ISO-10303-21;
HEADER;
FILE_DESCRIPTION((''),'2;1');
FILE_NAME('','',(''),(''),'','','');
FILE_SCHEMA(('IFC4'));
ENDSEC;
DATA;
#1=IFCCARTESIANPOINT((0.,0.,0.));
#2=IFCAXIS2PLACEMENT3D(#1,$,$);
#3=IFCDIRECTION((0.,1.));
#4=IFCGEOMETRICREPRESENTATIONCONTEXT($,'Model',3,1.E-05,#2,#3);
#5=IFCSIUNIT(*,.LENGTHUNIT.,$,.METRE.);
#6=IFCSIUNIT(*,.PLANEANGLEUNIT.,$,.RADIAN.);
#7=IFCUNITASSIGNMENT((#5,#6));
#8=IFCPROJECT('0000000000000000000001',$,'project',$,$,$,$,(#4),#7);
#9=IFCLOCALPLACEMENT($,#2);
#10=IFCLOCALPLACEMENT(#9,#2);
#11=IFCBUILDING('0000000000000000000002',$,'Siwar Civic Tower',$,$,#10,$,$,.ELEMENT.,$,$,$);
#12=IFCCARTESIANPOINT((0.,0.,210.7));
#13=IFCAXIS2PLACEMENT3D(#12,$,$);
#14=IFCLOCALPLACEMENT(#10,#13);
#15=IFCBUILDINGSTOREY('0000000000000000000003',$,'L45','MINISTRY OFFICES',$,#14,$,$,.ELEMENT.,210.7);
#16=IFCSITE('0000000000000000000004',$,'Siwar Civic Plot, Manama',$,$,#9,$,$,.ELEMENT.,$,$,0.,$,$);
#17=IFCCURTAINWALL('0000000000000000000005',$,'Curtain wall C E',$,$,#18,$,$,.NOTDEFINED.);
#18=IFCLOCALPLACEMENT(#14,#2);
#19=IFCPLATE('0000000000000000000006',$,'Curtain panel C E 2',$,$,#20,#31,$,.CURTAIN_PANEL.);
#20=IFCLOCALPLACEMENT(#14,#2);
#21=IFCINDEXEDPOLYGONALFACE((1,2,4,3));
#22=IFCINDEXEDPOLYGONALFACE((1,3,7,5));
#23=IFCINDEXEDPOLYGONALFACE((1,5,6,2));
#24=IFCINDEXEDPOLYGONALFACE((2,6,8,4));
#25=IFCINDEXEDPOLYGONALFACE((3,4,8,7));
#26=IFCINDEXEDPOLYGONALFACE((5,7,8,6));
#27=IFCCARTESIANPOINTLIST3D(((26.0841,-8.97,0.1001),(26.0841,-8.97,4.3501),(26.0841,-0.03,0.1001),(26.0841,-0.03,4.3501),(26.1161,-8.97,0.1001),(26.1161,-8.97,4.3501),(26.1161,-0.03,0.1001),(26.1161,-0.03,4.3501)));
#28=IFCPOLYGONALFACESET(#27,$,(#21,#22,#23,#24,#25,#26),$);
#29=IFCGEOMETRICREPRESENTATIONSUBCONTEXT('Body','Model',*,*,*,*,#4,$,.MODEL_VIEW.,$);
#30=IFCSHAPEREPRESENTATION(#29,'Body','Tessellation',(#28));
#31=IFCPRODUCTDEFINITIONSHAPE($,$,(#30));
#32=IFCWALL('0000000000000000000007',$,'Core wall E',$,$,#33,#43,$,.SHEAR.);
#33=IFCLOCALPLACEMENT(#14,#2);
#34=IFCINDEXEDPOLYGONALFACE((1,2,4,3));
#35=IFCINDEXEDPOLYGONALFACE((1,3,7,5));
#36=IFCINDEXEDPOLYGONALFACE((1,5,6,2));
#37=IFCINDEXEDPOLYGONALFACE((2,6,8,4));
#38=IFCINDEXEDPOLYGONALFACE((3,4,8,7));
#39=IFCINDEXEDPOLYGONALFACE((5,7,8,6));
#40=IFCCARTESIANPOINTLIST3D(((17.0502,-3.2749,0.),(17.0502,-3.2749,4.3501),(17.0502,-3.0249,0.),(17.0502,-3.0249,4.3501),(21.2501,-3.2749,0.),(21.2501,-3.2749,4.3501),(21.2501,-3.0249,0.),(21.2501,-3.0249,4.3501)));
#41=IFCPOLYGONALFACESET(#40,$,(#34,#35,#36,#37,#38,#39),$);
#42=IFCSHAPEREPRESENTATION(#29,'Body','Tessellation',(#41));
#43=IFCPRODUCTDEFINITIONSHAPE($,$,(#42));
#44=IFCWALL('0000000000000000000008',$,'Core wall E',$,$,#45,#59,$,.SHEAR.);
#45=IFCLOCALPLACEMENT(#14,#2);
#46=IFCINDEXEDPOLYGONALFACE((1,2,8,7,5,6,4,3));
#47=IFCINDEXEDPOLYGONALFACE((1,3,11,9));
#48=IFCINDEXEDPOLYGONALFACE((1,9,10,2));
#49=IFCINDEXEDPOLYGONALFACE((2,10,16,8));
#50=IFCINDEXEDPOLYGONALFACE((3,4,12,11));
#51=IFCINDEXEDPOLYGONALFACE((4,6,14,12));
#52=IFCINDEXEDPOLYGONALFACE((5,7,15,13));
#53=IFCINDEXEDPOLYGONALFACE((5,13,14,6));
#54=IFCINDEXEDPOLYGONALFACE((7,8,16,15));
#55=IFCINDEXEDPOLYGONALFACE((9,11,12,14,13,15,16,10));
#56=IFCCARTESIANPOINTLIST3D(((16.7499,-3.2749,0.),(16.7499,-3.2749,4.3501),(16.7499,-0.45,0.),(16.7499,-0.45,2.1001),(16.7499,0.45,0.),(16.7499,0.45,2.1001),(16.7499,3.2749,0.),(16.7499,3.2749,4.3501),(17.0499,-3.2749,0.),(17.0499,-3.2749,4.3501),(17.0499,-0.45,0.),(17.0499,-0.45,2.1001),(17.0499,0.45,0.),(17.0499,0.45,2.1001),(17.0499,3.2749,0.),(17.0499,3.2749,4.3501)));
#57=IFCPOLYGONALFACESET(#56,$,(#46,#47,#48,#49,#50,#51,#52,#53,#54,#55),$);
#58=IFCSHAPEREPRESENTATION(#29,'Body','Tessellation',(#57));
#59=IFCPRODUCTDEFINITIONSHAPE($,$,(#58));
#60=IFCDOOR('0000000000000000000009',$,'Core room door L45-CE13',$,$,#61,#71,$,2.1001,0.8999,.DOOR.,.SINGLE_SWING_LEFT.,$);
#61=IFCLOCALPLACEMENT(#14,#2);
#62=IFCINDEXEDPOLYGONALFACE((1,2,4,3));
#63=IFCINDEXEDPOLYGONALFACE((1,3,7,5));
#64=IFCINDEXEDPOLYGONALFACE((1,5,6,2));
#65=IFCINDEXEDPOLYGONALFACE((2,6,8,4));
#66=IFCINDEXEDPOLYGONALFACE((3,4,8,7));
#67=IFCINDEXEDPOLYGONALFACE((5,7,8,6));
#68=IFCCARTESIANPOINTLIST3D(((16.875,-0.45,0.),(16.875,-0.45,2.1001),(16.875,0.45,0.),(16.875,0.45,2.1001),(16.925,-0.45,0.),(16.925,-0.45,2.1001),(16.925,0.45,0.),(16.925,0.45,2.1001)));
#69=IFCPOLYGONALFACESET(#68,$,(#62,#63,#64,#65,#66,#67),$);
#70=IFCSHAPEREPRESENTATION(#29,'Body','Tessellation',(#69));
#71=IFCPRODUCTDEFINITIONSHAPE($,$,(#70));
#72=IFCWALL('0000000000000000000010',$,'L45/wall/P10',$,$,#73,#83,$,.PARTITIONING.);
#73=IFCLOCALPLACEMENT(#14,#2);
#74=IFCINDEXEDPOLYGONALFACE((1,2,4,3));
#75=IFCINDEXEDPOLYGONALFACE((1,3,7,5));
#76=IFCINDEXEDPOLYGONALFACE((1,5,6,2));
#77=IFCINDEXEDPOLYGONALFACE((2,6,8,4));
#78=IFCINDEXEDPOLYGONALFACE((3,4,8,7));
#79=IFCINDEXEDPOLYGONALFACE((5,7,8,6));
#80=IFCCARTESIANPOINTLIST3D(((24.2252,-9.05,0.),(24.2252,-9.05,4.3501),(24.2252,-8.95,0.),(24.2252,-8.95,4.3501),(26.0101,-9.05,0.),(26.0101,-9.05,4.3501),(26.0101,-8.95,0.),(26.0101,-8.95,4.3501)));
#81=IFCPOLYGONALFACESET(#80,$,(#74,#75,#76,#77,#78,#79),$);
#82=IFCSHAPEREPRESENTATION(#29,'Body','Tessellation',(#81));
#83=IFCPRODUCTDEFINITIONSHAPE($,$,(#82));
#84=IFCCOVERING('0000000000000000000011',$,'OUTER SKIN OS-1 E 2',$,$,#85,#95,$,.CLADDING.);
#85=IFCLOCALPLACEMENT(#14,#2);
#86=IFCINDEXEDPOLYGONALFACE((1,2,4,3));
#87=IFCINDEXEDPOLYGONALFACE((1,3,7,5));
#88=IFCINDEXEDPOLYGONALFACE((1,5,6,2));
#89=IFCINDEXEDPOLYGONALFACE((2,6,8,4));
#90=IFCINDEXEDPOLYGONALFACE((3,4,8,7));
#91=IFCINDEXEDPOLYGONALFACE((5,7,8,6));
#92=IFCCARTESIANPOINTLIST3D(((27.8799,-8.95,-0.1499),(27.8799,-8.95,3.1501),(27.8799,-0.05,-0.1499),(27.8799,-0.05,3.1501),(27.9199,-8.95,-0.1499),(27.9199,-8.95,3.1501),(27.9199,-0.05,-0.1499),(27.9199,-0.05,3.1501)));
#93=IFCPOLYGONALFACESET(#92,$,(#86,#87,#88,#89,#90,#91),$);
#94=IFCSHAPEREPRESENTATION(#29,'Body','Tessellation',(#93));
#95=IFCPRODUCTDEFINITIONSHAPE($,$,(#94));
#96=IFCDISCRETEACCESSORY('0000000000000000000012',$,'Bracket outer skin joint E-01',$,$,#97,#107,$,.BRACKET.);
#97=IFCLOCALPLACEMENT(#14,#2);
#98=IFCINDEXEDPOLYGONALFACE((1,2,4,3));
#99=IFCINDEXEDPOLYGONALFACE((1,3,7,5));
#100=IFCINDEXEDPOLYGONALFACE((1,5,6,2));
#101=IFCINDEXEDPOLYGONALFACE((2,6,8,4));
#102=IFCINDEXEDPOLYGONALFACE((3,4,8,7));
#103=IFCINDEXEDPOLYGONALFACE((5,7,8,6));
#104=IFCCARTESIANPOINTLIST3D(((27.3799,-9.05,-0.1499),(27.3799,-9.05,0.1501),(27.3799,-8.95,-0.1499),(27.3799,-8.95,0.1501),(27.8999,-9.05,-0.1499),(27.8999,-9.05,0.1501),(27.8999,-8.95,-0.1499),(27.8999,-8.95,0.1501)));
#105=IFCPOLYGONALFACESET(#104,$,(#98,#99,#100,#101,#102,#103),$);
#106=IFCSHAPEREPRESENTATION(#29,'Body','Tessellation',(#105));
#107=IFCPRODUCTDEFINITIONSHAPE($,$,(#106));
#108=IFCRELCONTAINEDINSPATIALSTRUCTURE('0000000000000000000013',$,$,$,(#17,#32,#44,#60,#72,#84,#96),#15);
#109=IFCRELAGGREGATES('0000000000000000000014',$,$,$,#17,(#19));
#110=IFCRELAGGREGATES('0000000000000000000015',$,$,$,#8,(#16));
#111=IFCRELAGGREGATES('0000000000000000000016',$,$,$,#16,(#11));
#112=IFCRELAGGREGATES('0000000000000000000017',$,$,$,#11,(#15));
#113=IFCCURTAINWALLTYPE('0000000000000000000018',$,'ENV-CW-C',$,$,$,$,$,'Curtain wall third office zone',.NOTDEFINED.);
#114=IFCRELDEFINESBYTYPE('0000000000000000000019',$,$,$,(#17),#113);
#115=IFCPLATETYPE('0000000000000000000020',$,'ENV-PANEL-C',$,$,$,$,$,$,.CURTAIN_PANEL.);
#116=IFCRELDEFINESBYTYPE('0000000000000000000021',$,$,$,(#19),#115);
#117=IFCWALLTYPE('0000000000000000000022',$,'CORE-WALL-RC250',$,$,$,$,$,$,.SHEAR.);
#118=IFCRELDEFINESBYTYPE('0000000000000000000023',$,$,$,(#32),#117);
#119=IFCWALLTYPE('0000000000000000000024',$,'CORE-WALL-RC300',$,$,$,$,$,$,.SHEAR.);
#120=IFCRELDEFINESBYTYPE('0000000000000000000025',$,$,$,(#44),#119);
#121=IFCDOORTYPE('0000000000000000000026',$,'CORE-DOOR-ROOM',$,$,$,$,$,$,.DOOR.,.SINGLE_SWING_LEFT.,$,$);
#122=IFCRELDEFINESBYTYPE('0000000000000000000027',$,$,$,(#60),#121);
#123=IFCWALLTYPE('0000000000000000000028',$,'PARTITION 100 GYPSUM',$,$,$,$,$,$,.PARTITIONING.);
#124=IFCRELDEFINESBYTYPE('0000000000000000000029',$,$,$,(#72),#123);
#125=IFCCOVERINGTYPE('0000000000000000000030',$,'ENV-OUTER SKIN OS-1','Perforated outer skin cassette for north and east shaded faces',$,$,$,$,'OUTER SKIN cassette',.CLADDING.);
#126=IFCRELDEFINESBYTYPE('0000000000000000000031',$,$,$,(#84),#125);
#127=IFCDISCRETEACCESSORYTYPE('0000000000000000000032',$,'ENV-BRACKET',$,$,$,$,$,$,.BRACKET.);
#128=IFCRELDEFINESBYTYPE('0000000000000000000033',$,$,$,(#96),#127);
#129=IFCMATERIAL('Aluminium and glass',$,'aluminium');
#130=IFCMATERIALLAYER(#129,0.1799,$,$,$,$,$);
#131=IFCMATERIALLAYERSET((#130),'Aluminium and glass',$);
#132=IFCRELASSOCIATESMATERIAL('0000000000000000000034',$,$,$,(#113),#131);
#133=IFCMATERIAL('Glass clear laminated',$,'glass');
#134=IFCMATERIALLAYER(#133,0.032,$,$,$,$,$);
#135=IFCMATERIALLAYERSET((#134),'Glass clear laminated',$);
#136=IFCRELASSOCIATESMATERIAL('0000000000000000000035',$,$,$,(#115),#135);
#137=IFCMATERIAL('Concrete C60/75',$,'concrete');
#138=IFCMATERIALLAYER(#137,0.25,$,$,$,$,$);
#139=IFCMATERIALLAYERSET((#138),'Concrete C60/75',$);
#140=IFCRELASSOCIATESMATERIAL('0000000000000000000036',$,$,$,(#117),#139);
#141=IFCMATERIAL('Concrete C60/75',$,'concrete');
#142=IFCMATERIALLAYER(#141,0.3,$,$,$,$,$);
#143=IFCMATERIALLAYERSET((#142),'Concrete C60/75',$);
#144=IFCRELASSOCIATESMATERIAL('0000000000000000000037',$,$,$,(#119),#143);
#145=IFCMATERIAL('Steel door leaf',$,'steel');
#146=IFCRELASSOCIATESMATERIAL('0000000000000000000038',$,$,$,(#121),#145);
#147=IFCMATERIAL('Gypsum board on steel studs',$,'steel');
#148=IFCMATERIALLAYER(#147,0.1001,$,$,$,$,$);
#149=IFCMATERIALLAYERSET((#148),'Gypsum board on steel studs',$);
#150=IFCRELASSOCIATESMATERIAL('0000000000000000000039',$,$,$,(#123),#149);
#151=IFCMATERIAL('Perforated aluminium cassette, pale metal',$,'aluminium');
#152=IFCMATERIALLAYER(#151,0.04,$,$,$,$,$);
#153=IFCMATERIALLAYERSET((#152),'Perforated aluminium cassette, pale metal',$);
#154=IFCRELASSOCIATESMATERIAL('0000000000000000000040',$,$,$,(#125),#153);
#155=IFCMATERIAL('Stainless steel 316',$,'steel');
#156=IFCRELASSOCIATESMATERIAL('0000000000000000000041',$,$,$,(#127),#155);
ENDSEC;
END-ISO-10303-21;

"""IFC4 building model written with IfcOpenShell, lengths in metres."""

from ifc_helpers import new_model, si_unit, direction, frame, frame_2d, origin, origin_2d, place, context, subcontext, project, spatial, rectangle, extrude, material, layer, layer_set, type_object, element, fill, aggregate, save


model = new_model("IFC4")

# Units and contexts
model_context = context("Model", 3, precision=1e-05, world=origin(), true_north=direction((0.0, 1.0)))
body_context = subcontext(model_context, "Body", "Model", "MODEL_VIEW")
ifc_project = project(units=[si_unit("LENGTHUNIT", "METRE"), si_unit("PLANEANGLEUNIT", "RADIAN")], contexts=[model_context])

# Site, building, storey
site_placement = place(None, origin())
site = spatial("IfcSite", under=ifc_project, at=site_placement, Name="Siwar Civic Plot, Manama", CompositionType="ELEMENT", RefElevation=0.0)
building_placement = place(site_placement, origin())
building = spatial("IfcBuilding", under=site, at=building_placement, Name="Siwar Civic Tower", CompositionType="ELEMENT")
storey_placement = place(building_placement, frame((0.0, 0.0, 210.7)))
storey = spatial("IfcBuildingStorey", under=building, at=storey_placement, Name="L45", Description="MINISTRY OFFICES", CompositionType="ELEMENT", Elevation=210.7)

# Curtain wall
ifc_material_1 = material(Name="Aluminium and glass", Category="aluminium")
ifc_layer_1 = layer(ifc_material_1, 0.1799)
ifc_layer_set_1 = layer_set([ifc_layer_1], Name="Aluminium and glass")
curtain_wall_type = type_object("IfcCurtainWallType", Name="ENV-CW-C", ElementType="Curtain wall third office zone", PredefinedType="NOTDEFINED", material=ifc_layer_set_1)
curtain_wall_placement = place(storey_placement, origin())
curtain_wall = element("IfcCurtainWall", 1, at=curtain_wall_placement, inside=storey, type_object=curtain_wall_type, Name="Curtain wall C E", PredefinedType="NOTDEFINED")

# Plate
ifc_material_2 = material(Name="Glass clear laminated", Category="glass")
ifc_layer_2 = layer(ifc_material_2, 0.032)
ifc_layer_set_2 = layer_set([ifc_layer_2], Name="Glass clear laminated")
plate_type = type_object("IfcPlateType", Name="ENV-PANEL-C", PredefinedType="CURTAIN_PANEL", material=ifc_layer_set_2)
plate_placement = place(storey_placement, frame((26.1001, -4.5, 0.1001), z_axis=(0.0, 0.0, 1.0), x_axis=(0.0, 1.0, 0.0)))
plate = element("IfcPlate", 2, at=plate_placement, type_object=plate_type, Name="Curtain panel C E 2", PredefinedType="CURTAIN_PANEL", context=body_context, shape_type="SweptSolid", body=[
    extrude(rectangle(XDim=8.9399, YDim=0.032, at=origin_2d()), origin(), (0.0, 0.0, 1.0), 4.25),
])
aggregate(curtain_wall, [plate])

# Wall
ifc_material_3 = material(Name="Concrete C60/75", Category="concrete")
ifc_layer_3 = layer(ifc_material_3, 0.25)
ifc_layer_set_3 = layer_set([ifc_layer_3], Name="Concrete C60/75")
wall_type_1 = type_object("IfcWallType", Name="CORE-WALL-RC250", PredefinedType="SHEAR", material=ifc_layer_set_3)
wall_1_placement = place(storey_placement, frame((17.05, -3.1499, 0.0), z_axis=(0.0, 0.0, 1.0), x_axis=(1.0, 0.0, 0.0)))
element("IfcWall", 3, at=wall_1_placement, inside=storey, type_object=wall_type_1, Name="Core wall E", PredefinedType="SHEAR", context=body_context, shape_type="SweptSolid", body=[
    extrude(rectangle(XDim=4.2, YDim=0.25, at=frame_2d((2.1001, 0.0))), origin(), (0.0, 0.0, 1.0), 4.3501),
])

# Wall, opening, door
ifc_material_4 = material(Name="Concrete C60/75", Category="concrete")
ifc_layer_4 = layer(ifc_material_4, 0.3)
ifc_layer_set_4 = layer_set([ifc_layer_4], Name="Concrete C60/75")
wall_type_2 = type_object("IfcWallType", Name="CORE-WALL-RC300", PredefinedType="SHEAR", material=ifc_layer_set_4)
wall_2_placement = place(storey_placement, frame((16.8999, -3.2749, 0.0), z_axis=(0.0, 0.0, 1.0), x_axis=(0.0, 1.0, 0.0)))
wall_2 = element("IfcWall", 4, at=wall_2_placement, inside=storey, type_object=wall_type_2, Name="Core wall E", PredefinedType="SHEAR", context=body_context, shape_type="SweptSolid", body=[
    extrude(rectangle(XDim=6.5498, YDim=0.3, at=frame_2d((3.2749, 0.0))), origin(), (0.0, 0.0, 1.0), 4.3501),
])
opening_placement = place(wall_2_placement, frame((2.825, 0.0, 0.0)))
opening = element("IfcOpeningElement", 5, at=opening_placement, cuts=wall_2, PredefinedType="OPENING", context=body_context, shape_type="SweptSolid", body=[
    extrude(rectangle(XDim=0.8999, YDim=2.1001, at=frame_2d((0.45, 1.05))), frame((0.0, 0.1602, 0.0), z_axis=(0.0, -1.0, 0.0), x_axis=(1.0, 0.0, 0.0)), (0.0, 0.0, 1.0), 0.3201),
])
ifc_material_5 = material(Name="Steel door leaf", Category="steel")
door_type = type_object("IfcDoorType", Name="CORE-DOOR-ROOM", OperationType="SINGLE_SWING_LEFT", PredefinedType="DOOR", material=ifc_material_5)
door_placement = place(opening_placement, origin())
door = element("IfcDoor", 6, at=door_placement, inside=storey, type_object=door_type, Name="Core room door L45-CE13", OperationType="SINGLE_SWING_LEFT", OverallHeight=2.1001, OverallWidth=0.8999, PredefinedType="DOOR", context=body_context, shape_type="SweptSolid", body=[
    extrude(rectangle(XDim=0.8999, YDim=2.1001, at=frame_2d((0.45, 1.05))), frame((0.0, 0.0249, 0.0), z_axis=(0.0, -1.0, 0.0), x_axis=(1.0, 0.0, 0.0)), (0.0, 0.0, 1.0), 0.05),
])
fill(opening, door)

# Wall
ifc_material_6 = material(Name="Gypsum board on steel studs", Category="steel")
ifc_layer_5 = layer(ifc_material_6, 0.1001)
ifc_layer_set_5 = layer_set([ifc_layer_5], Name="Gypsum board on steel studs")
wall_type_3 = type_object("IfcWallType", Name="PARTITION 100 GYPSUM", PredefinedType="PARTITIONING", material=ifc_layer_set_5)
wall_3_placement = place(storey_placement, frame((24.2251, -9.0, 0.0), z_axis=(0.0, 0.0, 1.0), x_axis=(1.0, 0.0, 0.0)))
element("IfcWall", 7, at=wall_3_placement, inside=storey, type_object=wall_type_3, Name="L45/wall/P10", PredefinedType="PARTITIONING", context=body_context, shape_type="SweptSolid", body=[
    extrude(rectangle(XDim=1.7849, YDim=0.1001, at=frame_2d((0.8926, 0.0))), origin(), (0.0, 0.0, 1.0), 4.3501),
])

# Covering
ifc_material_7 = material(Name="Perforated aluminium cassette, pale metal", Category="aluminium")
ifc_layer_6 = layer(ifc_material_7, 0.04)
ifc_layer_set_6 = layer_set([ifc_layer_6], Name="Perforated aluminium cassette, pale metal")
covering_type = type_object("IfcCoveringType", Name="ENV-OUTER SKIN OS-1", Description="Perforated outer skin cassette for north and east shaded faces", ElementType="OUTER SKIN cassette", PredefinedType="CLADDING", material=ifc_layer_set_6)
covering_placement = place(storey_placement, frame((27.8999, -4.5, -0.1499), z_axis=(0.0, 0.0, 1.0), x_axis=(0.0, 1.0, 0.0)))
element("IfcCovering", 8, at=covering_placement, inside=storey, type_object=covering_type, Name="OUTER SKIN OS-1 E 2", PredefinedType="CLADDING", context=body_context, shape_type="SweptSolid", body=[
    extrude(rectangle(XDim=8.8999, YDim=0.04, at=origin_2d()), origin(), (0.0, 0.0, 1.0), 3.3),
])

# Discrete accessory
ifc_material_8 = material(Name="Stainless steel 316", Category="steel")
discrete_accessory_type = type_object("IfcDiscreteAccessoryType", Name="ENV-BRACKET", PredefinedType="BRACKET", material=ifc_material_8)
discrete_accessory_placement = place(storey_placement, frame((27.6399, -9.0, -0.1499), z_axis=(0.0, 0.0, 1.0), x_axis=(1.0, 0.0, 0.0)))
element("IfcDiscreteAccessory", 9, at=discrete_accessory_placement, inside=storey, type_object=discrete_accessory_type, Name="Bracket outer skin joint E-01", PredefinedType="BRACKET", context=body_context, shape_type="SweptSolid", body=[
    extrude(rectangle(XDim=0.52, YDim=0.1001, at=origin_2d()), origin(), (0.0, 0.0, 1.0), 0.3),
])

save(model, "model.ifc")
